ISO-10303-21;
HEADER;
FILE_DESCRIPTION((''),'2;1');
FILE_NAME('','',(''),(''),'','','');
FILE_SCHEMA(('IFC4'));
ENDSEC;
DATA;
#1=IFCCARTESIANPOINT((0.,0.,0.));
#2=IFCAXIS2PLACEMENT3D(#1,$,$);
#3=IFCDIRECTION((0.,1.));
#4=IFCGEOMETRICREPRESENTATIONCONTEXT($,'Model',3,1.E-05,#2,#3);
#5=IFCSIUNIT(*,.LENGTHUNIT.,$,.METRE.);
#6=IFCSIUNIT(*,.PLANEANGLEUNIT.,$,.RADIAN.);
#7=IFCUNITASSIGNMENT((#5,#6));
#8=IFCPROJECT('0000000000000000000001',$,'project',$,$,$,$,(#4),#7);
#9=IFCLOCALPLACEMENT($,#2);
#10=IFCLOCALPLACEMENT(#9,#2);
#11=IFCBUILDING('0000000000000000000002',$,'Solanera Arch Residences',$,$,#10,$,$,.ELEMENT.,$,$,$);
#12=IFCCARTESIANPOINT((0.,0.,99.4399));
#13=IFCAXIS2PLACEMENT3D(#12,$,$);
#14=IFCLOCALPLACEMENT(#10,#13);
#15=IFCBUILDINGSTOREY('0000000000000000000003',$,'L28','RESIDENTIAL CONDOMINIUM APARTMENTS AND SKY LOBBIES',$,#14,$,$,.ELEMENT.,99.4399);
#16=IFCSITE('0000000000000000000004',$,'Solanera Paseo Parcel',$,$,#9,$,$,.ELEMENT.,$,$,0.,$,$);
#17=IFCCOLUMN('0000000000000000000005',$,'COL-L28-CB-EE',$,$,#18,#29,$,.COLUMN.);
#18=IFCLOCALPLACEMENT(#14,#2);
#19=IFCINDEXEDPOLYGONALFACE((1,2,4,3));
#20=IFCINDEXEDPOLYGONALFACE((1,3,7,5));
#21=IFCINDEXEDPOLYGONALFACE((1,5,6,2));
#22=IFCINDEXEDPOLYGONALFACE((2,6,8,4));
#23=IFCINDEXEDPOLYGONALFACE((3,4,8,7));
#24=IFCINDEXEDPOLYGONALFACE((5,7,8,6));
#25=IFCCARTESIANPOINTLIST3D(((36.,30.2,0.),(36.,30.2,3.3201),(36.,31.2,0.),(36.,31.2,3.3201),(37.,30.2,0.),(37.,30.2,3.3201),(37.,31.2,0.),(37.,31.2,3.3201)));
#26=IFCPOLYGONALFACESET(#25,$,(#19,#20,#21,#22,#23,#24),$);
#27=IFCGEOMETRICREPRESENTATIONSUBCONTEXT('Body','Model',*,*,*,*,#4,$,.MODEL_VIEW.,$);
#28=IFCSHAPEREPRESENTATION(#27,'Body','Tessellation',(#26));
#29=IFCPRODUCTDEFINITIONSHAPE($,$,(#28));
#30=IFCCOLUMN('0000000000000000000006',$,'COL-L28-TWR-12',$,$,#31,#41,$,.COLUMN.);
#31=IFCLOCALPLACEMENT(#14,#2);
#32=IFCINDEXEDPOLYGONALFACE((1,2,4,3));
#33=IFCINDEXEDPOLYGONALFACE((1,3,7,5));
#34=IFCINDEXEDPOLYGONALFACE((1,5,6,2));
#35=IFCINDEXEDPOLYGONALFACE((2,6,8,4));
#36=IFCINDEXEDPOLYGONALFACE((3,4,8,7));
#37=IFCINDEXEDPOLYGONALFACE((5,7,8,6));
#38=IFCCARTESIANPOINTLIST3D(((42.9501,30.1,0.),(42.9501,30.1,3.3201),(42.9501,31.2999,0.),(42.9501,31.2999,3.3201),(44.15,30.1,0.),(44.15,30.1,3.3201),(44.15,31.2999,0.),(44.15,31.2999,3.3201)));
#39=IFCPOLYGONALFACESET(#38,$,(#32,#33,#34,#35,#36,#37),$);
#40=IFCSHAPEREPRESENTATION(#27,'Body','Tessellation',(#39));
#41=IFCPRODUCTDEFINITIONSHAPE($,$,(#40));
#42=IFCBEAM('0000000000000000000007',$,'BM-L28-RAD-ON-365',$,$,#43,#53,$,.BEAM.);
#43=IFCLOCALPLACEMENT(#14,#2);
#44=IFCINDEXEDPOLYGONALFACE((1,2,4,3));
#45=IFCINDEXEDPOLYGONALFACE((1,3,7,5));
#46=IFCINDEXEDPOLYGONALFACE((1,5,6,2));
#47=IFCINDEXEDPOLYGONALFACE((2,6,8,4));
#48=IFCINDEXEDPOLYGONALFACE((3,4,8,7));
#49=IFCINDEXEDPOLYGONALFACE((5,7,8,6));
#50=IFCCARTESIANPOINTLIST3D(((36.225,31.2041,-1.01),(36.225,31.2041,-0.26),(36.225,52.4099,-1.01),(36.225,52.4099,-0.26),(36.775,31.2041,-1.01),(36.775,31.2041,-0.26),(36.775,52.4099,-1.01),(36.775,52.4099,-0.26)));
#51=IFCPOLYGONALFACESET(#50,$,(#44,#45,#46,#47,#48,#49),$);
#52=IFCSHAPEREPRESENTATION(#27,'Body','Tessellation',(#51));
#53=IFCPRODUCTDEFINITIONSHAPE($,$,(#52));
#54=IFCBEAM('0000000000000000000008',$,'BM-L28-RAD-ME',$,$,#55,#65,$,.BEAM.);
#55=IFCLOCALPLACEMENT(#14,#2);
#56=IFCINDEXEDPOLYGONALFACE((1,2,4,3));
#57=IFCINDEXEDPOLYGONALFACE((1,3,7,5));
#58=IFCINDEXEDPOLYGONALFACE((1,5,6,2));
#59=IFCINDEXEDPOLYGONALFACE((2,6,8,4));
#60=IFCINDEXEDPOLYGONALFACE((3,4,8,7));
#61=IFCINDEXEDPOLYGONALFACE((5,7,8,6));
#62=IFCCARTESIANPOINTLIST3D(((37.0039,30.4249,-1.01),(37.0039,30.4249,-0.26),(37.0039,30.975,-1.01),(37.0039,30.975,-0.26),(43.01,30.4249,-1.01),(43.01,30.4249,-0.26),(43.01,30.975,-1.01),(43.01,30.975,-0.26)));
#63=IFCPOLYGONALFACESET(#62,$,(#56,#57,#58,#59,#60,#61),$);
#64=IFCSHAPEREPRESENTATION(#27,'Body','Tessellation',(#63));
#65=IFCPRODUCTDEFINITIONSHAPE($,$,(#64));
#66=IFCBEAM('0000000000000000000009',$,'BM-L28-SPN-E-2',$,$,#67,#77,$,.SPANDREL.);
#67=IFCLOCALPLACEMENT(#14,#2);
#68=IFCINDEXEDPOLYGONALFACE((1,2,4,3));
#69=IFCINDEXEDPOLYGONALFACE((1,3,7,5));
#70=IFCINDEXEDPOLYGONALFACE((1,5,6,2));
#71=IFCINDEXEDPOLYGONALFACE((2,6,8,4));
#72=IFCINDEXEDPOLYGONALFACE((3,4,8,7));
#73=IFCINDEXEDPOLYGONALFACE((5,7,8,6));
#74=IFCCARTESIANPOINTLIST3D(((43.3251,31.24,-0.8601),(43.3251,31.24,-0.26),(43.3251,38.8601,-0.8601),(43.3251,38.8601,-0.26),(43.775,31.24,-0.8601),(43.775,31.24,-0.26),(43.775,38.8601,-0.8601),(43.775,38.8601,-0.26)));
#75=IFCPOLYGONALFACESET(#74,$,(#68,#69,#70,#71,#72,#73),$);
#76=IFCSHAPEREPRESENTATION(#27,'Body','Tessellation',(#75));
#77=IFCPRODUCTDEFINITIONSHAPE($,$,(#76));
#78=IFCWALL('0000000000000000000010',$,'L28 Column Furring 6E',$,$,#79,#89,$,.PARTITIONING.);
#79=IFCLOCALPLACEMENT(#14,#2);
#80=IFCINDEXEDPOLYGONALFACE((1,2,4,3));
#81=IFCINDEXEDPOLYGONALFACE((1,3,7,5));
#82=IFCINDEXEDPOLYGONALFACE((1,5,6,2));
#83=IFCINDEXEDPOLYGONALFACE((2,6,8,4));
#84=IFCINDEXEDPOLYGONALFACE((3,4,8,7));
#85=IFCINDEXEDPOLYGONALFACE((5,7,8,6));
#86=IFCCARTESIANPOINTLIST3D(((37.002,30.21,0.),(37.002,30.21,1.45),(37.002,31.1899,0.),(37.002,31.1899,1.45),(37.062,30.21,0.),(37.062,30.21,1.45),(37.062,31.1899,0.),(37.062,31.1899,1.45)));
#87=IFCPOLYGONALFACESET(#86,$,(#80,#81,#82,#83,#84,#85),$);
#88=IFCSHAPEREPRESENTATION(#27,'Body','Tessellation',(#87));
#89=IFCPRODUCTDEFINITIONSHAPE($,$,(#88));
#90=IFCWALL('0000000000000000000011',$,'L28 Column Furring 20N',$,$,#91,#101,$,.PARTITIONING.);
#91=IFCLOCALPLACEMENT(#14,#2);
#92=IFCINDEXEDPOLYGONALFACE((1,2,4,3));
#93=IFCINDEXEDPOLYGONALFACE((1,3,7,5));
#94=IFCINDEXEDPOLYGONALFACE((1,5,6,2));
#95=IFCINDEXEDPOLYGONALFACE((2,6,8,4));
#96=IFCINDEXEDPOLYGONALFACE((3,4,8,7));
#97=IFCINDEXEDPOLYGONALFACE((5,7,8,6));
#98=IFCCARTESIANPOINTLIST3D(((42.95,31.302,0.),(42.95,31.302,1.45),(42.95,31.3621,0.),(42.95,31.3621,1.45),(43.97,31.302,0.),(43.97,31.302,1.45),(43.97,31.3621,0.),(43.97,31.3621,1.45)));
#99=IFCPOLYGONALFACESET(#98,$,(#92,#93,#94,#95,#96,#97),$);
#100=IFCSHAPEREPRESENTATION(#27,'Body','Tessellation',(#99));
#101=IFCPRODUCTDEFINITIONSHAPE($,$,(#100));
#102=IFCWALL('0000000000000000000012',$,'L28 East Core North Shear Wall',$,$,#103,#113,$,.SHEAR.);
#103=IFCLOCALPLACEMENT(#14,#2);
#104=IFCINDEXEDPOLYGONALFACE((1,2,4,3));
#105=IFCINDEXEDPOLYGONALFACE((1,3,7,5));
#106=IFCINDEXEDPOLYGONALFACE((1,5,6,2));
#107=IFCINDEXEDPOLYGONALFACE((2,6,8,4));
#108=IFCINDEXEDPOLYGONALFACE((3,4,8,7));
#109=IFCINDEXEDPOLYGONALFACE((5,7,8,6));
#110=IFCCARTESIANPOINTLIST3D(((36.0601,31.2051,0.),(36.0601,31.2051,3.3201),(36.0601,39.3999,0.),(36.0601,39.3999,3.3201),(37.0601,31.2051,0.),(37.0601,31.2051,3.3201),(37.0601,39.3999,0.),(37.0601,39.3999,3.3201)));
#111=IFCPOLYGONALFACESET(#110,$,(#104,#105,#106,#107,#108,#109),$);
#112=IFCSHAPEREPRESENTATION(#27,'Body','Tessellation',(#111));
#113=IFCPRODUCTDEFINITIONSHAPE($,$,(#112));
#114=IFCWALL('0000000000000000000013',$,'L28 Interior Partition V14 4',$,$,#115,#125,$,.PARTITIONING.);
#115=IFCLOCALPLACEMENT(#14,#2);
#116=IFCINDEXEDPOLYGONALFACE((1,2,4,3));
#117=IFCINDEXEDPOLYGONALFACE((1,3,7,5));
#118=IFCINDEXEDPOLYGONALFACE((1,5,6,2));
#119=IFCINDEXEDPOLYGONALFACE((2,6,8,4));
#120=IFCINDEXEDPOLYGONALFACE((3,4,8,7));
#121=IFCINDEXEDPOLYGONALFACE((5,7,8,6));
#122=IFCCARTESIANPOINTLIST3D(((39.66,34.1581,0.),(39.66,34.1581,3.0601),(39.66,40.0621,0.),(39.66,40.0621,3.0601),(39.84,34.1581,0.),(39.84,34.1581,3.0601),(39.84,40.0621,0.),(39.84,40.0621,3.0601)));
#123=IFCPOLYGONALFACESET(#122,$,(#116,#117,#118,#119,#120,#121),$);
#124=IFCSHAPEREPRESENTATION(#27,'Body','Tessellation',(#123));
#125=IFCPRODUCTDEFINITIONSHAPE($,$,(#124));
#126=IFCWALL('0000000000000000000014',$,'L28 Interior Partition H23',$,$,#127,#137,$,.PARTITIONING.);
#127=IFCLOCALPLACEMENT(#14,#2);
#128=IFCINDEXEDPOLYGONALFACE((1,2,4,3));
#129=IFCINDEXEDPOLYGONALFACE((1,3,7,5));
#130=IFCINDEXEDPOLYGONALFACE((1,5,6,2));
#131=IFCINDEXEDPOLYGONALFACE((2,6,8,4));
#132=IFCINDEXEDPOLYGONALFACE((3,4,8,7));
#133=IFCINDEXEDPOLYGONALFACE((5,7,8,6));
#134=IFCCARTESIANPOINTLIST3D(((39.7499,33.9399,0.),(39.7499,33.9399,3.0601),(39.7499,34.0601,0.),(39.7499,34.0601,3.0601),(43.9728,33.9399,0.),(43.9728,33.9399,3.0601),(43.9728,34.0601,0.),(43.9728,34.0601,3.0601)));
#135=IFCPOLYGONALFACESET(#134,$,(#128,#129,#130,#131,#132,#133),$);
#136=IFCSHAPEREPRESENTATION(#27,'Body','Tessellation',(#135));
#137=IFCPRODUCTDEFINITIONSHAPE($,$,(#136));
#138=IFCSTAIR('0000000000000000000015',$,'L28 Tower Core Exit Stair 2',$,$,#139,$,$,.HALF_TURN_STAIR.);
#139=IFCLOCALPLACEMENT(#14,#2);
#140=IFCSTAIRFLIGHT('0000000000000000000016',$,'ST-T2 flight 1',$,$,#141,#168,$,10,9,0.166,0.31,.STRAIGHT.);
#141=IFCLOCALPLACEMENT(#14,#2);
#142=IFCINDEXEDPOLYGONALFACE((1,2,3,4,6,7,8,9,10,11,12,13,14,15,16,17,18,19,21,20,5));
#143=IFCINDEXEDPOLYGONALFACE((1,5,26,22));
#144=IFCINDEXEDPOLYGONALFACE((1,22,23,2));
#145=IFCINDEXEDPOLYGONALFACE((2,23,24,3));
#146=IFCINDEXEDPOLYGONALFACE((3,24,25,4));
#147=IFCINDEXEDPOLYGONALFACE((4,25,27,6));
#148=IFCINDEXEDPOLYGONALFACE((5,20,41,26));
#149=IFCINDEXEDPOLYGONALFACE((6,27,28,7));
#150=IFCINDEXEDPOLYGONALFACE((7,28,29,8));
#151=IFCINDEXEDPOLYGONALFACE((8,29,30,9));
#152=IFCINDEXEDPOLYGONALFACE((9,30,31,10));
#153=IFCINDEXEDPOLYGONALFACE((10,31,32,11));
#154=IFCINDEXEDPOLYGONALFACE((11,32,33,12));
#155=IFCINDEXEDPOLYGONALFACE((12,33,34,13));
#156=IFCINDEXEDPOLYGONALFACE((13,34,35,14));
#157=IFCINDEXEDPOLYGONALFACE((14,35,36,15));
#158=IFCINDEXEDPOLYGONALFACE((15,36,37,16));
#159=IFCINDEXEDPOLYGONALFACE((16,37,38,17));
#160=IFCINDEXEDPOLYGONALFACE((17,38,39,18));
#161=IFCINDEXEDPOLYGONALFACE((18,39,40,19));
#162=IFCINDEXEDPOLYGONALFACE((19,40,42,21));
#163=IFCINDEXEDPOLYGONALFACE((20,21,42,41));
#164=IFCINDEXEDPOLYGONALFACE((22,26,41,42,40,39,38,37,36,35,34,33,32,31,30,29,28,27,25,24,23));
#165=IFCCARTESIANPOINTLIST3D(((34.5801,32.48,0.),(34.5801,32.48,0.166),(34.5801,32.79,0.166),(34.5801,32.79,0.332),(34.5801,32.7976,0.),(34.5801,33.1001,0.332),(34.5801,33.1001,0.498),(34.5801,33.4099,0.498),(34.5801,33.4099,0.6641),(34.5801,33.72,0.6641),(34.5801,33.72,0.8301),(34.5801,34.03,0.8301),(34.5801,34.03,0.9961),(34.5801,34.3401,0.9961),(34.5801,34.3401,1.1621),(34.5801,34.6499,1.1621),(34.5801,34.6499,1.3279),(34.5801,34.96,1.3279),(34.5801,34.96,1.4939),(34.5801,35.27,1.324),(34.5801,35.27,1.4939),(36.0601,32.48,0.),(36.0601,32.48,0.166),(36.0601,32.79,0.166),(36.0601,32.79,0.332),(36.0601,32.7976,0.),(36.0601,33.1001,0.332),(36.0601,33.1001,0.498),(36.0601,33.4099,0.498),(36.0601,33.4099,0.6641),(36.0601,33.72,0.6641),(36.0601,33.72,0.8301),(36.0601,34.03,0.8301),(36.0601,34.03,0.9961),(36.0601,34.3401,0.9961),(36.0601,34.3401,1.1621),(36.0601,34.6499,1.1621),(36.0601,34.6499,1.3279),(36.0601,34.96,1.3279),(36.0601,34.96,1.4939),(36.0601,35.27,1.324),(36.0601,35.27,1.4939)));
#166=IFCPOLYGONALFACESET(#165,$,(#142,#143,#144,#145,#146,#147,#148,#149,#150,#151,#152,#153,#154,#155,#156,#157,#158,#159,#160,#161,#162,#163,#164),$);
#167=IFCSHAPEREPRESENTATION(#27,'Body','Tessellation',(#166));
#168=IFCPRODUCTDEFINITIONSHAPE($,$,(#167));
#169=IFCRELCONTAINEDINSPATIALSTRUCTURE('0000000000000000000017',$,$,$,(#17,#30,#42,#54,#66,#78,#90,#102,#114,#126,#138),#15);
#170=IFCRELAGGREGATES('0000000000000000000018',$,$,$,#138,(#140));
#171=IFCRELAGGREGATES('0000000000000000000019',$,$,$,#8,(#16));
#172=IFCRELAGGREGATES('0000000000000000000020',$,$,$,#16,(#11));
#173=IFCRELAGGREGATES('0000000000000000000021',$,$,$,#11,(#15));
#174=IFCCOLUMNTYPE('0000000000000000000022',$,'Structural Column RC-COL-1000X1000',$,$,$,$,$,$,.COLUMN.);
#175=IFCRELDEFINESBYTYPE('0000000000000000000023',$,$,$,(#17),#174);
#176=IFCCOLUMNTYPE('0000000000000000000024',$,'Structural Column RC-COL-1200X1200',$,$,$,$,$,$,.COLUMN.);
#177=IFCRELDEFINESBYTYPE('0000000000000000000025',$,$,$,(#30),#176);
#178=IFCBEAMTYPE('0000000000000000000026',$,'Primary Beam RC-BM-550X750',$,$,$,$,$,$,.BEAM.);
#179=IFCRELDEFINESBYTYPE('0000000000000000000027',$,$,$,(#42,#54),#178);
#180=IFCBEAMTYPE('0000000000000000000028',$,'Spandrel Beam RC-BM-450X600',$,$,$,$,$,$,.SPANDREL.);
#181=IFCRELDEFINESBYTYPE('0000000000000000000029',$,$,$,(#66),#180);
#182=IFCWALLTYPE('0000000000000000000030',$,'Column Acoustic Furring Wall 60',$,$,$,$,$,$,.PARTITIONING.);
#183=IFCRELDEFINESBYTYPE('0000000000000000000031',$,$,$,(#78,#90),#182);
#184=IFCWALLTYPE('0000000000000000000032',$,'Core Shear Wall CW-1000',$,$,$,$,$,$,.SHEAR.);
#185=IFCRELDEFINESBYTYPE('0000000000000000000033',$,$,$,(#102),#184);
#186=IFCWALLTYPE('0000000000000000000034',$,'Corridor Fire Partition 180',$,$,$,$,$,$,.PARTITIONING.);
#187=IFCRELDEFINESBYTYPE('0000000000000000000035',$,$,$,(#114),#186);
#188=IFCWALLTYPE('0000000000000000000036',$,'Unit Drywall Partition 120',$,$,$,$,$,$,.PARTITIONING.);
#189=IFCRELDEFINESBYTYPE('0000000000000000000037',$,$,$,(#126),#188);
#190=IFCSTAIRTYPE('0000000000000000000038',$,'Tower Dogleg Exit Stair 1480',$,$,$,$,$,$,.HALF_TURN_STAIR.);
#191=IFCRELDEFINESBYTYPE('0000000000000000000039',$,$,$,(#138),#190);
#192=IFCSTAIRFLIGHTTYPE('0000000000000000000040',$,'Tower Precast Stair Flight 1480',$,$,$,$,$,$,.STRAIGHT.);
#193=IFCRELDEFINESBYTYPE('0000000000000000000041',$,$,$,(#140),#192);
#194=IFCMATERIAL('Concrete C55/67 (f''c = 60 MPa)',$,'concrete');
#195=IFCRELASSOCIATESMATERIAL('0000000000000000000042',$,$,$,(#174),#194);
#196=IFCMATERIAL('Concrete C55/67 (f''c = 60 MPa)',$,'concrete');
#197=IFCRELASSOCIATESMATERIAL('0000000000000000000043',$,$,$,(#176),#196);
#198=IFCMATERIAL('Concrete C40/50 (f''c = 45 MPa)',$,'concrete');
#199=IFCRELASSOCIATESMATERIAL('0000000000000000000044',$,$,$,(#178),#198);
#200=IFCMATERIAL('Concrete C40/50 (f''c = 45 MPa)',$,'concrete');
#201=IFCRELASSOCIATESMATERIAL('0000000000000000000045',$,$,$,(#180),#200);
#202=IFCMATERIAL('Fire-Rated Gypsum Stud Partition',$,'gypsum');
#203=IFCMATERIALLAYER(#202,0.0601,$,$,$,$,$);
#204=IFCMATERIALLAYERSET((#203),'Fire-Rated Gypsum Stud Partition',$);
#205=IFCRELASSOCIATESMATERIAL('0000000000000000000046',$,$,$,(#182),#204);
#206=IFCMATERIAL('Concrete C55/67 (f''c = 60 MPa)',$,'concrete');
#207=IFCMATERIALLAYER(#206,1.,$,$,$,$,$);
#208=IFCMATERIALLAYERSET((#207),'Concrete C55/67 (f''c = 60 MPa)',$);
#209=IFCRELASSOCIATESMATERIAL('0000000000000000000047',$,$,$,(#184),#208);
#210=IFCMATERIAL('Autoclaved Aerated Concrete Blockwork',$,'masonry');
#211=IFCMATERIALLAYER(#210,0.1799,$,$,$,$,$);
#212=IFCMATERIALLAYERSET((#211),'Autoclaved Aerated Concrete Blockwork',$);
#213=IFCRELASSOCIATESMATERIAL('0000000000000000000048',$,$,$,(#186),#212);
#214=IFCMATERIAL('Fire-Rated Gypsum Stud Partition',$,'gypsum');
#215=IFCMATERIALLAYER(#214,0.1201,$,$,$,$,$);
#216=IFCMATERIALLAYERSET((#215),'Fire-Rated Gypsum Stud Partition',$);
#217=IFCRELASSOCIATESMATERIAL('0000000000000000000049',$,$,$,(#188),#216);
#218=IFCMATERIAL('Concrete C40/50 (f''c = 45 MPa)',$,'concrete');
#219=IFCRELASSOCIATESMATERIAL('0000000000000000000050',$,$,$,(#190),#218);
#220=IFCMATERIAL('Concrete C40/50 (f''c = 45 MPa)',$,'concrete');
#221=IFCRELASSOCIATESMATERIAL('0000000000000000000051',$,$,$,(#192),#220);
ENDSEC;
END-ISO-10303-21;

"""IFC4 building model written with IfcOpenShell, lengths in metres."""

from ifc_helpers import new_model, si_unit, direction, frame, frame_2d, origin, origin_2d, place, context, subcontext, project, spatial, polyline, rectangle, outline, extrude, material, layer, layer_set, material_profile, profile_set, type_object, element, aggregate, save


model = new_model("IFC4")

# Units and contexts
model_context = context("Model", 3, precision=1e-05, world=origin(), true_north=direction((0.0, 1.0)))
body_context = subcontext(model_context, "Body", "Model", "MODEL_VIEW")
ifc_project = project(units=[si_unit("LENGTHUNIT", "METRE"), si_unit("PLANEANGLEUNIT", "RADIAN")], contexts=[model_context])

# Site, building, storey
site_placement = place(None, origin())
site = spatial("IfcSite", under=ifc_project, at=site_placement, Name="Solanera Paseo Parcel", CompositionType="ELEMENT", RefElevation=0.0)
building_placement = place(site_placement, origin())
building = spatial("IfcBuilding", under=site, at=building_placement, Name="Solanera Arch Residences", CompositionType="ELEMENT")
storey_placement = place(building_placement, frame((0.0, 0.0, 99.4399)))
storey = spatial("IfcBuildingStorey", under=building, at=storey_placement, Name="L28", Description="RESIDENTIAL CONDOMINIUM APARTMENTS AND SKY LOBBIES", CompositionType="ELEMENT", Elevation=99.4399)

# Columns
ifc_material_1 = material(Name="Concrete C55/67 (f'c = 60 MPa)", Category="concrete")
ifc_material_profile_1 = material_profile(ifc_material_1, rectangle(XDim=1.0, YDim=1.0, at=origin_2d()))
ifc_profile_set_1 = profile_set([ifc_material_profile_1], Name="Concrete C55/67 (f'c = 60 MPa)")
column_type_1 = type_object("IfcColumnType", Name="Structural Column RC-COL-1000X1000", PredefinedType="COLUMN", material=ifc_profile_set_1)
column_1_placement = place(storey_placement, frame((36.5, 30.7, 0.0), z_axis=(0.0, 0.0, 1.0), x_axis=(1.0, 0.0, 0.0)))
element("IfcColumn", 1, at=column_1_placement, inside=storey, type_object=column_type_1, Name="COL-L28-CB-EE", PredefinedType="COLUMN", context=body_context, shape_type="SweptSolid", body=[
    extrude(rectangle(XDim=1.0, YDim=1.0, at=origin_2d()), origin(), (0.0, 0.0, 1.0), 3.3201),
])
ifc_material_2 = material(Name="Concrete C55/67 (f'c = 60 MPa)", Category="concrete")
ifc_material_profile_2 = material_profile(ifc_material_2, rectangle(XDim=1.2, YDim=1.2, at=origin_2d()))
ifc_profile_set_2 = profile_set([ifc_material_profile_2], Name="Concrete C55/67 (f'c = 60 MPa)")
column_type_2 = type_object("IfcColumnType", Name="Structural Column RC-COL-1200X1200", PredefinedType="COLUMN", material=ifc_profile_set_2)
column_2_placement = place(storey_placement, frame((43.55, 30.7, 0.0), z_axis=(0.0, 0.0, 1.0), x_axis=(1.0, 0.0, 0.0)))
element("IfcColumn", 2, at=column_2_placement, inside=storey, type_object=column_type_2, Name="COL-L28-TWR-12", PredefinedType="COLUMN", context=body_context, shape_type="SweptSolid", body=[
    extrude(rectangle(XDim=1.2, YDim=1.2, at=origin_2d()), origin(), (0.0, 0.0, 1.0), 3.3201),
])

# Beams
ifc_material_3 = material(Name="Concrete C40/50 (f'c = 45 MPa)", Category="concrete")
ifc_material_profile_3 = material_profile(ifc_material_3, rectangle(XDim=0.55, YDim=0.75, at=origin_2d()))
ifc_profile_set_3 = profile_set([ifc_material_profile_3], Name="Concrete C40/50 (f'c = 45 MPa)")
beam_type_1 = type_object("IfcBeamType", Name="Primary Beam RC-BM-550X750", PredefinedType="BEAM", material=ifc_profile_set_3)
beam_1_placement = place(storey_placement, frame((36.5, 31.2041, -0.635), z_axis=(0.0, 1.0, 0.0), x_axis=(-1.0, 0.0, 0.0)))
element("IfcBeam", 3, at=beam_1_placement, inside=storey, type_object=beam_type_1, Name="BM-L28-RAD-ON-365", PredefinedType="BEAM", context=body_context, shape_type="SweptSolid", body=[
    extrude(rectangle(XDim=0.55, YDim=0.75, at=origin_2d()), origin(), (0.0, 0.0, 1.0), 21.2058),
])
beam_2_placement = place(storey_placement, frame((37.0039, 30.7, -0.635), z_axis=(1.0, 0.0, 0.0), x_axis=(0.0, 1.0, 0.0)))
element("IfcBeam", 4, at=beam_2_placement, inside=storey, type_object=beam_type_1, Name="BM-L28-RAD-ME", PredefinedType="BEAM", context=body_context, shape_type="SweptSolid", body=[
    extrude(rectangle(XDim=0.55, YDim=0.75, at=origin_2d()), origin(), (0.0, 0.0, 1.0), 6.0061),
])
ifc_material_4 = material(Name="Concrete C40/50 (f'c = 45 MPa)", Category="concrete")
ifc_material_profile_4 = material_profile(ifc_material_4, rectangle(XDim=0.45, YDim=0.6001, at=origin_2d()))
ifc_profile_set_4 = profile_set([ifc_material_profile_4], Name="Concrete C40/50 (f'c = 45 MPa)")
beam_type_2 = type_object("IfcBeamType", Name="Spandrel Beam RC-BM-450X600", PredefinedType="SPANDREL", material=ifc_profile_set_4)
beam_3_placement = place(storey_placement, frame((43.55, 31.24, -0.5601), z_axis=(0.0, 1.0, 0.0), x_axis=(-1.0, 0.0, 0.0)))
element("IfcBeam", 5, at=beam_3_placement, inside=storey, type_object=beam_type_2, Name="BM-L28-SPN-E-2", PredefinedType="SPANDREL", context=body_context, shape_type="SweptSolid", body=[
    extrude(rectangle(XDim=0.45, YDim=0.6001, at=origin_2d()), origin(), (0.0, 0.0, 1.0), 7.6201),
])

# Walls
ifc_material_5 = material(Name="Fire-Rated Gypsum Stud Partition", Category="gypsum")
ifc_layer_1 = layer(ifc_material_5, 0.0601)
ifc_layer_set_1 = layer_set([ifc_layer_1], Name="Fire-Rated Gypsum Stud Partition")
wall_type_1 = type_object("IfcWallType", Name="Column Acoustic Furring Wall 60", PredefinedType="PARTITIONING", material=ifc_layer_set_1)
wall_1_placement = place(storey_placement, frame((37.032, 30.21, 0.0), z_axis=(0.0, 0.0, 1.0), x_axis=(0.0, 1.0, 0.0)))
element("IfcWall", 6, at=wall_1_placement, inside=storey, type_object=wall_type_1, Name="L28 Column Furring 6E", PredefinedType="PARTITIONING", context=body_context, shape_type="SweptSolid", body=[
    extrude(rectangle(XDim=0.98, YDim=0.0601, at=frame_2d((0.49, 0.0))), origin(), (0.0, 0.0, 1.0), 1.45),
])
wall_2_placement = place(storey_placement, frame((42.95, 31.332, 0.0), z_axis=(0.0, 0.0, 1.0), x_axis=(1.0, 0.0, 0.0)))
element("IfcWall", 7, at=wall_2_placement, inside=storey, type_object=wall_type_1, Name="L28 Column Furring 20N", PredefinedType="PARTITIONING", context=body_context, shape_type="SweptSolid", body=[
    extrude(rectangle(XDim=1.02, YDim=0.0601, at=frame_2d((0.51, 0.0))), origin(), (0.0, 0.0, 1.0), 1.45),
])
ifc_material_6 = material(Name="Concrete C55/67 (f'c = 60 MPa)", Category="concrete")
ifc_layer_2 = layer(ifc_material_6, 1.0)
ifc_layer_set_2 = layer_set([ifc_layer_2], Name="Concrete C55/67 (f'c = 60 MPa)")
wall_type_2 = type_object("IfcWallType", Name="Core Shear Wall CW-1000", PredefinedType="SHEAR", material=ifc_layer_set_2)
wall_3_placement = place(storey_placement, frame((36.5601, 31.2051, 0.0), z_axis=(0.0, 0.0, 1.0), x_axis=(0.0, 1.0, 0.0)))
element("IfcWall", 8, at=wall_3_placement, inside=storey, type_object=wall_type_2, Name="L28 East Core North Shear Wall", PredefinedType="SHEAR", context=body_context, shape_type="SweptSolid", body=[
    extrude(rectangle(XDim=8.1948, YDim=1.0, at=frame_2d((4.0974, 0.0))), origin(), (0.0, 0.0, 1.0), 3.3201),
])

# Walls
ifc_material_7 = material(Name="Autoclaved Aerated Concrete Blockwork", Category="masonry")
ifc_layer_3 = layer(ifc_material_7, 0.1799)
ifc_layer_set_3 = layer_set([ifc_layer_3], Name="Autoclaved Aerated Concrete Blockwork")
wall_type_3 = type_object("IfcWallType", Name="Corridor Fire Partition 180", PredefinedType="PARTITIONING", material=ifc_layer_set_3)
wall_4_placement = place(storey_placement, frame((39.75, 34.158, 0.0), z_axis=(0.0, 0.0, 1.0), x_axis=(0.0, 1.0, 0.0)))
element("IfcWall", 9, at=wall_4_placement, inside=storey, type_object=wall_type_3, Name="L28 Interior Partition V14 4", PredefinedType="PARTITIONING", context=body_context, shape_type="SweptSolid", body=[
    extrude(rectangle(XDim=5.9041, YDim=0.1799, at=frame_2d((2.9521, 0.0))), origin(), (0.0, 0.0, 1.0), 3.0601),
])
ifc_material_8 = material(Name="Fire-Rated Gypsum Stud Partition", Category="gypsum")
ifc_layer_4 = layer(ifc_material_8, 0.1201)
ifc_layer_set_4 = layer_set([ifc_layer_4], Name="Fire-Rated Gypsum Stud Partition")
wall_type_4 = type_object("IfcWallType", Name="Unit Drywall Partition 120", PredefinedType="PARTITIONING", material=ifc_layer_set_4)
wall_5_placement = place(storey_placement, frame((39.75, 34.0, 0.0), z_axis=(0.0, 0.0, 1.0), x_axis=(1.0, 0.0, 0.0)))
element("IfcWall", 10, at=wall_5_placement, inside=storey, type_object=wall_type_4, Name="L28 Interior Partition H23", PredefinedType="PARTITIONING", context=body_context, shape_type="SweptSolid", body=[
    extrude(rectangle(XDim=4.2229, YDim=0.1201, at=frame_2d((2.1113, 0.0))), origin(), (0.0, 0.0, 1.0), 3.0601),
])

# Stair, stair flight
ifc_material_9 = material(Name="Concrete C40/50 (f'c = 45 MPa)", Category="concrete")
stair_type = type_object("IfcStairType", Name="Tower Dogleg Exit Stair 1480", PredefinedType="HALF_TURN_STAIR", material=ifc_material_9)
stair_placement = place(storey_placement, origin())
stair = element("IfcStair", 11, at=stair_placement, inside=storey, type_object=stair_type, Name="L28 Tower Core Exit Stair 2", PredefinedType="HALF_TURN_STAIR")
ifc_material_10 = material(Name="Concrete C40/50 (f'c = 45 MPa)", Category="concrete")
stair_flight_type = type_object("IfcStairFlightType", Name="Tower Precast Stair Flight 1480", PredefinedType="STRAIGHT", material=ifc_material_10)
stair_flight_1_placement = place(storey_placement, frame((35.3201, 32.48, 0.0), z_axis=(0.0, 0.0, 1.0), x_axis=(0.0, 1.0, 0.0)))
stair_flight_1 = element("IfcStairFlight", 12, at=stair_flight_1_placement, type_object=stair_flight_type, Name="ST-T2 flight 1", NumberOfRisers=10, NumberOfTreads=9, PredefinedType="STRAIGHT", RiserHeight=0.166, TreadLength=0.31, context=body_context, shape_type="SweptSolid", body=[
    extrude(outline(polyline([(0.0, 0.0), (0.0, 0.166), (0.3101, 0.166), (0.3101, 0.332), (0.6201, 0.332), (0.6201, 0.498), (0.9299, 0.498), (0.9299, 0.6641), (1.24, 0.6641), (1.24, 0.8301), (1.55, 0.8301), (1.55, 0.9961), (1.8601, 0.9961), (1.8601, 1.1621), (2.1699, 1.1621), (2.1699, 1.3279), (2.48, 1.3279), (2.48, 1.4939), (2.79, 1.4939), (2.79, 1.6599), (2.79, 1.324), (0.3176, 0.0), (0.0, 0.0)])), frame((0.0, 0.74, 0.0), z_axis=(0.0, -1.0, 0.0), x_axis=(1.0, 0.0, 0.0)), (0.0, 0.0, 1.0), 1.48),
])
aggregate(stair, [stair_flight_1])

save(model, "model.ifc")
